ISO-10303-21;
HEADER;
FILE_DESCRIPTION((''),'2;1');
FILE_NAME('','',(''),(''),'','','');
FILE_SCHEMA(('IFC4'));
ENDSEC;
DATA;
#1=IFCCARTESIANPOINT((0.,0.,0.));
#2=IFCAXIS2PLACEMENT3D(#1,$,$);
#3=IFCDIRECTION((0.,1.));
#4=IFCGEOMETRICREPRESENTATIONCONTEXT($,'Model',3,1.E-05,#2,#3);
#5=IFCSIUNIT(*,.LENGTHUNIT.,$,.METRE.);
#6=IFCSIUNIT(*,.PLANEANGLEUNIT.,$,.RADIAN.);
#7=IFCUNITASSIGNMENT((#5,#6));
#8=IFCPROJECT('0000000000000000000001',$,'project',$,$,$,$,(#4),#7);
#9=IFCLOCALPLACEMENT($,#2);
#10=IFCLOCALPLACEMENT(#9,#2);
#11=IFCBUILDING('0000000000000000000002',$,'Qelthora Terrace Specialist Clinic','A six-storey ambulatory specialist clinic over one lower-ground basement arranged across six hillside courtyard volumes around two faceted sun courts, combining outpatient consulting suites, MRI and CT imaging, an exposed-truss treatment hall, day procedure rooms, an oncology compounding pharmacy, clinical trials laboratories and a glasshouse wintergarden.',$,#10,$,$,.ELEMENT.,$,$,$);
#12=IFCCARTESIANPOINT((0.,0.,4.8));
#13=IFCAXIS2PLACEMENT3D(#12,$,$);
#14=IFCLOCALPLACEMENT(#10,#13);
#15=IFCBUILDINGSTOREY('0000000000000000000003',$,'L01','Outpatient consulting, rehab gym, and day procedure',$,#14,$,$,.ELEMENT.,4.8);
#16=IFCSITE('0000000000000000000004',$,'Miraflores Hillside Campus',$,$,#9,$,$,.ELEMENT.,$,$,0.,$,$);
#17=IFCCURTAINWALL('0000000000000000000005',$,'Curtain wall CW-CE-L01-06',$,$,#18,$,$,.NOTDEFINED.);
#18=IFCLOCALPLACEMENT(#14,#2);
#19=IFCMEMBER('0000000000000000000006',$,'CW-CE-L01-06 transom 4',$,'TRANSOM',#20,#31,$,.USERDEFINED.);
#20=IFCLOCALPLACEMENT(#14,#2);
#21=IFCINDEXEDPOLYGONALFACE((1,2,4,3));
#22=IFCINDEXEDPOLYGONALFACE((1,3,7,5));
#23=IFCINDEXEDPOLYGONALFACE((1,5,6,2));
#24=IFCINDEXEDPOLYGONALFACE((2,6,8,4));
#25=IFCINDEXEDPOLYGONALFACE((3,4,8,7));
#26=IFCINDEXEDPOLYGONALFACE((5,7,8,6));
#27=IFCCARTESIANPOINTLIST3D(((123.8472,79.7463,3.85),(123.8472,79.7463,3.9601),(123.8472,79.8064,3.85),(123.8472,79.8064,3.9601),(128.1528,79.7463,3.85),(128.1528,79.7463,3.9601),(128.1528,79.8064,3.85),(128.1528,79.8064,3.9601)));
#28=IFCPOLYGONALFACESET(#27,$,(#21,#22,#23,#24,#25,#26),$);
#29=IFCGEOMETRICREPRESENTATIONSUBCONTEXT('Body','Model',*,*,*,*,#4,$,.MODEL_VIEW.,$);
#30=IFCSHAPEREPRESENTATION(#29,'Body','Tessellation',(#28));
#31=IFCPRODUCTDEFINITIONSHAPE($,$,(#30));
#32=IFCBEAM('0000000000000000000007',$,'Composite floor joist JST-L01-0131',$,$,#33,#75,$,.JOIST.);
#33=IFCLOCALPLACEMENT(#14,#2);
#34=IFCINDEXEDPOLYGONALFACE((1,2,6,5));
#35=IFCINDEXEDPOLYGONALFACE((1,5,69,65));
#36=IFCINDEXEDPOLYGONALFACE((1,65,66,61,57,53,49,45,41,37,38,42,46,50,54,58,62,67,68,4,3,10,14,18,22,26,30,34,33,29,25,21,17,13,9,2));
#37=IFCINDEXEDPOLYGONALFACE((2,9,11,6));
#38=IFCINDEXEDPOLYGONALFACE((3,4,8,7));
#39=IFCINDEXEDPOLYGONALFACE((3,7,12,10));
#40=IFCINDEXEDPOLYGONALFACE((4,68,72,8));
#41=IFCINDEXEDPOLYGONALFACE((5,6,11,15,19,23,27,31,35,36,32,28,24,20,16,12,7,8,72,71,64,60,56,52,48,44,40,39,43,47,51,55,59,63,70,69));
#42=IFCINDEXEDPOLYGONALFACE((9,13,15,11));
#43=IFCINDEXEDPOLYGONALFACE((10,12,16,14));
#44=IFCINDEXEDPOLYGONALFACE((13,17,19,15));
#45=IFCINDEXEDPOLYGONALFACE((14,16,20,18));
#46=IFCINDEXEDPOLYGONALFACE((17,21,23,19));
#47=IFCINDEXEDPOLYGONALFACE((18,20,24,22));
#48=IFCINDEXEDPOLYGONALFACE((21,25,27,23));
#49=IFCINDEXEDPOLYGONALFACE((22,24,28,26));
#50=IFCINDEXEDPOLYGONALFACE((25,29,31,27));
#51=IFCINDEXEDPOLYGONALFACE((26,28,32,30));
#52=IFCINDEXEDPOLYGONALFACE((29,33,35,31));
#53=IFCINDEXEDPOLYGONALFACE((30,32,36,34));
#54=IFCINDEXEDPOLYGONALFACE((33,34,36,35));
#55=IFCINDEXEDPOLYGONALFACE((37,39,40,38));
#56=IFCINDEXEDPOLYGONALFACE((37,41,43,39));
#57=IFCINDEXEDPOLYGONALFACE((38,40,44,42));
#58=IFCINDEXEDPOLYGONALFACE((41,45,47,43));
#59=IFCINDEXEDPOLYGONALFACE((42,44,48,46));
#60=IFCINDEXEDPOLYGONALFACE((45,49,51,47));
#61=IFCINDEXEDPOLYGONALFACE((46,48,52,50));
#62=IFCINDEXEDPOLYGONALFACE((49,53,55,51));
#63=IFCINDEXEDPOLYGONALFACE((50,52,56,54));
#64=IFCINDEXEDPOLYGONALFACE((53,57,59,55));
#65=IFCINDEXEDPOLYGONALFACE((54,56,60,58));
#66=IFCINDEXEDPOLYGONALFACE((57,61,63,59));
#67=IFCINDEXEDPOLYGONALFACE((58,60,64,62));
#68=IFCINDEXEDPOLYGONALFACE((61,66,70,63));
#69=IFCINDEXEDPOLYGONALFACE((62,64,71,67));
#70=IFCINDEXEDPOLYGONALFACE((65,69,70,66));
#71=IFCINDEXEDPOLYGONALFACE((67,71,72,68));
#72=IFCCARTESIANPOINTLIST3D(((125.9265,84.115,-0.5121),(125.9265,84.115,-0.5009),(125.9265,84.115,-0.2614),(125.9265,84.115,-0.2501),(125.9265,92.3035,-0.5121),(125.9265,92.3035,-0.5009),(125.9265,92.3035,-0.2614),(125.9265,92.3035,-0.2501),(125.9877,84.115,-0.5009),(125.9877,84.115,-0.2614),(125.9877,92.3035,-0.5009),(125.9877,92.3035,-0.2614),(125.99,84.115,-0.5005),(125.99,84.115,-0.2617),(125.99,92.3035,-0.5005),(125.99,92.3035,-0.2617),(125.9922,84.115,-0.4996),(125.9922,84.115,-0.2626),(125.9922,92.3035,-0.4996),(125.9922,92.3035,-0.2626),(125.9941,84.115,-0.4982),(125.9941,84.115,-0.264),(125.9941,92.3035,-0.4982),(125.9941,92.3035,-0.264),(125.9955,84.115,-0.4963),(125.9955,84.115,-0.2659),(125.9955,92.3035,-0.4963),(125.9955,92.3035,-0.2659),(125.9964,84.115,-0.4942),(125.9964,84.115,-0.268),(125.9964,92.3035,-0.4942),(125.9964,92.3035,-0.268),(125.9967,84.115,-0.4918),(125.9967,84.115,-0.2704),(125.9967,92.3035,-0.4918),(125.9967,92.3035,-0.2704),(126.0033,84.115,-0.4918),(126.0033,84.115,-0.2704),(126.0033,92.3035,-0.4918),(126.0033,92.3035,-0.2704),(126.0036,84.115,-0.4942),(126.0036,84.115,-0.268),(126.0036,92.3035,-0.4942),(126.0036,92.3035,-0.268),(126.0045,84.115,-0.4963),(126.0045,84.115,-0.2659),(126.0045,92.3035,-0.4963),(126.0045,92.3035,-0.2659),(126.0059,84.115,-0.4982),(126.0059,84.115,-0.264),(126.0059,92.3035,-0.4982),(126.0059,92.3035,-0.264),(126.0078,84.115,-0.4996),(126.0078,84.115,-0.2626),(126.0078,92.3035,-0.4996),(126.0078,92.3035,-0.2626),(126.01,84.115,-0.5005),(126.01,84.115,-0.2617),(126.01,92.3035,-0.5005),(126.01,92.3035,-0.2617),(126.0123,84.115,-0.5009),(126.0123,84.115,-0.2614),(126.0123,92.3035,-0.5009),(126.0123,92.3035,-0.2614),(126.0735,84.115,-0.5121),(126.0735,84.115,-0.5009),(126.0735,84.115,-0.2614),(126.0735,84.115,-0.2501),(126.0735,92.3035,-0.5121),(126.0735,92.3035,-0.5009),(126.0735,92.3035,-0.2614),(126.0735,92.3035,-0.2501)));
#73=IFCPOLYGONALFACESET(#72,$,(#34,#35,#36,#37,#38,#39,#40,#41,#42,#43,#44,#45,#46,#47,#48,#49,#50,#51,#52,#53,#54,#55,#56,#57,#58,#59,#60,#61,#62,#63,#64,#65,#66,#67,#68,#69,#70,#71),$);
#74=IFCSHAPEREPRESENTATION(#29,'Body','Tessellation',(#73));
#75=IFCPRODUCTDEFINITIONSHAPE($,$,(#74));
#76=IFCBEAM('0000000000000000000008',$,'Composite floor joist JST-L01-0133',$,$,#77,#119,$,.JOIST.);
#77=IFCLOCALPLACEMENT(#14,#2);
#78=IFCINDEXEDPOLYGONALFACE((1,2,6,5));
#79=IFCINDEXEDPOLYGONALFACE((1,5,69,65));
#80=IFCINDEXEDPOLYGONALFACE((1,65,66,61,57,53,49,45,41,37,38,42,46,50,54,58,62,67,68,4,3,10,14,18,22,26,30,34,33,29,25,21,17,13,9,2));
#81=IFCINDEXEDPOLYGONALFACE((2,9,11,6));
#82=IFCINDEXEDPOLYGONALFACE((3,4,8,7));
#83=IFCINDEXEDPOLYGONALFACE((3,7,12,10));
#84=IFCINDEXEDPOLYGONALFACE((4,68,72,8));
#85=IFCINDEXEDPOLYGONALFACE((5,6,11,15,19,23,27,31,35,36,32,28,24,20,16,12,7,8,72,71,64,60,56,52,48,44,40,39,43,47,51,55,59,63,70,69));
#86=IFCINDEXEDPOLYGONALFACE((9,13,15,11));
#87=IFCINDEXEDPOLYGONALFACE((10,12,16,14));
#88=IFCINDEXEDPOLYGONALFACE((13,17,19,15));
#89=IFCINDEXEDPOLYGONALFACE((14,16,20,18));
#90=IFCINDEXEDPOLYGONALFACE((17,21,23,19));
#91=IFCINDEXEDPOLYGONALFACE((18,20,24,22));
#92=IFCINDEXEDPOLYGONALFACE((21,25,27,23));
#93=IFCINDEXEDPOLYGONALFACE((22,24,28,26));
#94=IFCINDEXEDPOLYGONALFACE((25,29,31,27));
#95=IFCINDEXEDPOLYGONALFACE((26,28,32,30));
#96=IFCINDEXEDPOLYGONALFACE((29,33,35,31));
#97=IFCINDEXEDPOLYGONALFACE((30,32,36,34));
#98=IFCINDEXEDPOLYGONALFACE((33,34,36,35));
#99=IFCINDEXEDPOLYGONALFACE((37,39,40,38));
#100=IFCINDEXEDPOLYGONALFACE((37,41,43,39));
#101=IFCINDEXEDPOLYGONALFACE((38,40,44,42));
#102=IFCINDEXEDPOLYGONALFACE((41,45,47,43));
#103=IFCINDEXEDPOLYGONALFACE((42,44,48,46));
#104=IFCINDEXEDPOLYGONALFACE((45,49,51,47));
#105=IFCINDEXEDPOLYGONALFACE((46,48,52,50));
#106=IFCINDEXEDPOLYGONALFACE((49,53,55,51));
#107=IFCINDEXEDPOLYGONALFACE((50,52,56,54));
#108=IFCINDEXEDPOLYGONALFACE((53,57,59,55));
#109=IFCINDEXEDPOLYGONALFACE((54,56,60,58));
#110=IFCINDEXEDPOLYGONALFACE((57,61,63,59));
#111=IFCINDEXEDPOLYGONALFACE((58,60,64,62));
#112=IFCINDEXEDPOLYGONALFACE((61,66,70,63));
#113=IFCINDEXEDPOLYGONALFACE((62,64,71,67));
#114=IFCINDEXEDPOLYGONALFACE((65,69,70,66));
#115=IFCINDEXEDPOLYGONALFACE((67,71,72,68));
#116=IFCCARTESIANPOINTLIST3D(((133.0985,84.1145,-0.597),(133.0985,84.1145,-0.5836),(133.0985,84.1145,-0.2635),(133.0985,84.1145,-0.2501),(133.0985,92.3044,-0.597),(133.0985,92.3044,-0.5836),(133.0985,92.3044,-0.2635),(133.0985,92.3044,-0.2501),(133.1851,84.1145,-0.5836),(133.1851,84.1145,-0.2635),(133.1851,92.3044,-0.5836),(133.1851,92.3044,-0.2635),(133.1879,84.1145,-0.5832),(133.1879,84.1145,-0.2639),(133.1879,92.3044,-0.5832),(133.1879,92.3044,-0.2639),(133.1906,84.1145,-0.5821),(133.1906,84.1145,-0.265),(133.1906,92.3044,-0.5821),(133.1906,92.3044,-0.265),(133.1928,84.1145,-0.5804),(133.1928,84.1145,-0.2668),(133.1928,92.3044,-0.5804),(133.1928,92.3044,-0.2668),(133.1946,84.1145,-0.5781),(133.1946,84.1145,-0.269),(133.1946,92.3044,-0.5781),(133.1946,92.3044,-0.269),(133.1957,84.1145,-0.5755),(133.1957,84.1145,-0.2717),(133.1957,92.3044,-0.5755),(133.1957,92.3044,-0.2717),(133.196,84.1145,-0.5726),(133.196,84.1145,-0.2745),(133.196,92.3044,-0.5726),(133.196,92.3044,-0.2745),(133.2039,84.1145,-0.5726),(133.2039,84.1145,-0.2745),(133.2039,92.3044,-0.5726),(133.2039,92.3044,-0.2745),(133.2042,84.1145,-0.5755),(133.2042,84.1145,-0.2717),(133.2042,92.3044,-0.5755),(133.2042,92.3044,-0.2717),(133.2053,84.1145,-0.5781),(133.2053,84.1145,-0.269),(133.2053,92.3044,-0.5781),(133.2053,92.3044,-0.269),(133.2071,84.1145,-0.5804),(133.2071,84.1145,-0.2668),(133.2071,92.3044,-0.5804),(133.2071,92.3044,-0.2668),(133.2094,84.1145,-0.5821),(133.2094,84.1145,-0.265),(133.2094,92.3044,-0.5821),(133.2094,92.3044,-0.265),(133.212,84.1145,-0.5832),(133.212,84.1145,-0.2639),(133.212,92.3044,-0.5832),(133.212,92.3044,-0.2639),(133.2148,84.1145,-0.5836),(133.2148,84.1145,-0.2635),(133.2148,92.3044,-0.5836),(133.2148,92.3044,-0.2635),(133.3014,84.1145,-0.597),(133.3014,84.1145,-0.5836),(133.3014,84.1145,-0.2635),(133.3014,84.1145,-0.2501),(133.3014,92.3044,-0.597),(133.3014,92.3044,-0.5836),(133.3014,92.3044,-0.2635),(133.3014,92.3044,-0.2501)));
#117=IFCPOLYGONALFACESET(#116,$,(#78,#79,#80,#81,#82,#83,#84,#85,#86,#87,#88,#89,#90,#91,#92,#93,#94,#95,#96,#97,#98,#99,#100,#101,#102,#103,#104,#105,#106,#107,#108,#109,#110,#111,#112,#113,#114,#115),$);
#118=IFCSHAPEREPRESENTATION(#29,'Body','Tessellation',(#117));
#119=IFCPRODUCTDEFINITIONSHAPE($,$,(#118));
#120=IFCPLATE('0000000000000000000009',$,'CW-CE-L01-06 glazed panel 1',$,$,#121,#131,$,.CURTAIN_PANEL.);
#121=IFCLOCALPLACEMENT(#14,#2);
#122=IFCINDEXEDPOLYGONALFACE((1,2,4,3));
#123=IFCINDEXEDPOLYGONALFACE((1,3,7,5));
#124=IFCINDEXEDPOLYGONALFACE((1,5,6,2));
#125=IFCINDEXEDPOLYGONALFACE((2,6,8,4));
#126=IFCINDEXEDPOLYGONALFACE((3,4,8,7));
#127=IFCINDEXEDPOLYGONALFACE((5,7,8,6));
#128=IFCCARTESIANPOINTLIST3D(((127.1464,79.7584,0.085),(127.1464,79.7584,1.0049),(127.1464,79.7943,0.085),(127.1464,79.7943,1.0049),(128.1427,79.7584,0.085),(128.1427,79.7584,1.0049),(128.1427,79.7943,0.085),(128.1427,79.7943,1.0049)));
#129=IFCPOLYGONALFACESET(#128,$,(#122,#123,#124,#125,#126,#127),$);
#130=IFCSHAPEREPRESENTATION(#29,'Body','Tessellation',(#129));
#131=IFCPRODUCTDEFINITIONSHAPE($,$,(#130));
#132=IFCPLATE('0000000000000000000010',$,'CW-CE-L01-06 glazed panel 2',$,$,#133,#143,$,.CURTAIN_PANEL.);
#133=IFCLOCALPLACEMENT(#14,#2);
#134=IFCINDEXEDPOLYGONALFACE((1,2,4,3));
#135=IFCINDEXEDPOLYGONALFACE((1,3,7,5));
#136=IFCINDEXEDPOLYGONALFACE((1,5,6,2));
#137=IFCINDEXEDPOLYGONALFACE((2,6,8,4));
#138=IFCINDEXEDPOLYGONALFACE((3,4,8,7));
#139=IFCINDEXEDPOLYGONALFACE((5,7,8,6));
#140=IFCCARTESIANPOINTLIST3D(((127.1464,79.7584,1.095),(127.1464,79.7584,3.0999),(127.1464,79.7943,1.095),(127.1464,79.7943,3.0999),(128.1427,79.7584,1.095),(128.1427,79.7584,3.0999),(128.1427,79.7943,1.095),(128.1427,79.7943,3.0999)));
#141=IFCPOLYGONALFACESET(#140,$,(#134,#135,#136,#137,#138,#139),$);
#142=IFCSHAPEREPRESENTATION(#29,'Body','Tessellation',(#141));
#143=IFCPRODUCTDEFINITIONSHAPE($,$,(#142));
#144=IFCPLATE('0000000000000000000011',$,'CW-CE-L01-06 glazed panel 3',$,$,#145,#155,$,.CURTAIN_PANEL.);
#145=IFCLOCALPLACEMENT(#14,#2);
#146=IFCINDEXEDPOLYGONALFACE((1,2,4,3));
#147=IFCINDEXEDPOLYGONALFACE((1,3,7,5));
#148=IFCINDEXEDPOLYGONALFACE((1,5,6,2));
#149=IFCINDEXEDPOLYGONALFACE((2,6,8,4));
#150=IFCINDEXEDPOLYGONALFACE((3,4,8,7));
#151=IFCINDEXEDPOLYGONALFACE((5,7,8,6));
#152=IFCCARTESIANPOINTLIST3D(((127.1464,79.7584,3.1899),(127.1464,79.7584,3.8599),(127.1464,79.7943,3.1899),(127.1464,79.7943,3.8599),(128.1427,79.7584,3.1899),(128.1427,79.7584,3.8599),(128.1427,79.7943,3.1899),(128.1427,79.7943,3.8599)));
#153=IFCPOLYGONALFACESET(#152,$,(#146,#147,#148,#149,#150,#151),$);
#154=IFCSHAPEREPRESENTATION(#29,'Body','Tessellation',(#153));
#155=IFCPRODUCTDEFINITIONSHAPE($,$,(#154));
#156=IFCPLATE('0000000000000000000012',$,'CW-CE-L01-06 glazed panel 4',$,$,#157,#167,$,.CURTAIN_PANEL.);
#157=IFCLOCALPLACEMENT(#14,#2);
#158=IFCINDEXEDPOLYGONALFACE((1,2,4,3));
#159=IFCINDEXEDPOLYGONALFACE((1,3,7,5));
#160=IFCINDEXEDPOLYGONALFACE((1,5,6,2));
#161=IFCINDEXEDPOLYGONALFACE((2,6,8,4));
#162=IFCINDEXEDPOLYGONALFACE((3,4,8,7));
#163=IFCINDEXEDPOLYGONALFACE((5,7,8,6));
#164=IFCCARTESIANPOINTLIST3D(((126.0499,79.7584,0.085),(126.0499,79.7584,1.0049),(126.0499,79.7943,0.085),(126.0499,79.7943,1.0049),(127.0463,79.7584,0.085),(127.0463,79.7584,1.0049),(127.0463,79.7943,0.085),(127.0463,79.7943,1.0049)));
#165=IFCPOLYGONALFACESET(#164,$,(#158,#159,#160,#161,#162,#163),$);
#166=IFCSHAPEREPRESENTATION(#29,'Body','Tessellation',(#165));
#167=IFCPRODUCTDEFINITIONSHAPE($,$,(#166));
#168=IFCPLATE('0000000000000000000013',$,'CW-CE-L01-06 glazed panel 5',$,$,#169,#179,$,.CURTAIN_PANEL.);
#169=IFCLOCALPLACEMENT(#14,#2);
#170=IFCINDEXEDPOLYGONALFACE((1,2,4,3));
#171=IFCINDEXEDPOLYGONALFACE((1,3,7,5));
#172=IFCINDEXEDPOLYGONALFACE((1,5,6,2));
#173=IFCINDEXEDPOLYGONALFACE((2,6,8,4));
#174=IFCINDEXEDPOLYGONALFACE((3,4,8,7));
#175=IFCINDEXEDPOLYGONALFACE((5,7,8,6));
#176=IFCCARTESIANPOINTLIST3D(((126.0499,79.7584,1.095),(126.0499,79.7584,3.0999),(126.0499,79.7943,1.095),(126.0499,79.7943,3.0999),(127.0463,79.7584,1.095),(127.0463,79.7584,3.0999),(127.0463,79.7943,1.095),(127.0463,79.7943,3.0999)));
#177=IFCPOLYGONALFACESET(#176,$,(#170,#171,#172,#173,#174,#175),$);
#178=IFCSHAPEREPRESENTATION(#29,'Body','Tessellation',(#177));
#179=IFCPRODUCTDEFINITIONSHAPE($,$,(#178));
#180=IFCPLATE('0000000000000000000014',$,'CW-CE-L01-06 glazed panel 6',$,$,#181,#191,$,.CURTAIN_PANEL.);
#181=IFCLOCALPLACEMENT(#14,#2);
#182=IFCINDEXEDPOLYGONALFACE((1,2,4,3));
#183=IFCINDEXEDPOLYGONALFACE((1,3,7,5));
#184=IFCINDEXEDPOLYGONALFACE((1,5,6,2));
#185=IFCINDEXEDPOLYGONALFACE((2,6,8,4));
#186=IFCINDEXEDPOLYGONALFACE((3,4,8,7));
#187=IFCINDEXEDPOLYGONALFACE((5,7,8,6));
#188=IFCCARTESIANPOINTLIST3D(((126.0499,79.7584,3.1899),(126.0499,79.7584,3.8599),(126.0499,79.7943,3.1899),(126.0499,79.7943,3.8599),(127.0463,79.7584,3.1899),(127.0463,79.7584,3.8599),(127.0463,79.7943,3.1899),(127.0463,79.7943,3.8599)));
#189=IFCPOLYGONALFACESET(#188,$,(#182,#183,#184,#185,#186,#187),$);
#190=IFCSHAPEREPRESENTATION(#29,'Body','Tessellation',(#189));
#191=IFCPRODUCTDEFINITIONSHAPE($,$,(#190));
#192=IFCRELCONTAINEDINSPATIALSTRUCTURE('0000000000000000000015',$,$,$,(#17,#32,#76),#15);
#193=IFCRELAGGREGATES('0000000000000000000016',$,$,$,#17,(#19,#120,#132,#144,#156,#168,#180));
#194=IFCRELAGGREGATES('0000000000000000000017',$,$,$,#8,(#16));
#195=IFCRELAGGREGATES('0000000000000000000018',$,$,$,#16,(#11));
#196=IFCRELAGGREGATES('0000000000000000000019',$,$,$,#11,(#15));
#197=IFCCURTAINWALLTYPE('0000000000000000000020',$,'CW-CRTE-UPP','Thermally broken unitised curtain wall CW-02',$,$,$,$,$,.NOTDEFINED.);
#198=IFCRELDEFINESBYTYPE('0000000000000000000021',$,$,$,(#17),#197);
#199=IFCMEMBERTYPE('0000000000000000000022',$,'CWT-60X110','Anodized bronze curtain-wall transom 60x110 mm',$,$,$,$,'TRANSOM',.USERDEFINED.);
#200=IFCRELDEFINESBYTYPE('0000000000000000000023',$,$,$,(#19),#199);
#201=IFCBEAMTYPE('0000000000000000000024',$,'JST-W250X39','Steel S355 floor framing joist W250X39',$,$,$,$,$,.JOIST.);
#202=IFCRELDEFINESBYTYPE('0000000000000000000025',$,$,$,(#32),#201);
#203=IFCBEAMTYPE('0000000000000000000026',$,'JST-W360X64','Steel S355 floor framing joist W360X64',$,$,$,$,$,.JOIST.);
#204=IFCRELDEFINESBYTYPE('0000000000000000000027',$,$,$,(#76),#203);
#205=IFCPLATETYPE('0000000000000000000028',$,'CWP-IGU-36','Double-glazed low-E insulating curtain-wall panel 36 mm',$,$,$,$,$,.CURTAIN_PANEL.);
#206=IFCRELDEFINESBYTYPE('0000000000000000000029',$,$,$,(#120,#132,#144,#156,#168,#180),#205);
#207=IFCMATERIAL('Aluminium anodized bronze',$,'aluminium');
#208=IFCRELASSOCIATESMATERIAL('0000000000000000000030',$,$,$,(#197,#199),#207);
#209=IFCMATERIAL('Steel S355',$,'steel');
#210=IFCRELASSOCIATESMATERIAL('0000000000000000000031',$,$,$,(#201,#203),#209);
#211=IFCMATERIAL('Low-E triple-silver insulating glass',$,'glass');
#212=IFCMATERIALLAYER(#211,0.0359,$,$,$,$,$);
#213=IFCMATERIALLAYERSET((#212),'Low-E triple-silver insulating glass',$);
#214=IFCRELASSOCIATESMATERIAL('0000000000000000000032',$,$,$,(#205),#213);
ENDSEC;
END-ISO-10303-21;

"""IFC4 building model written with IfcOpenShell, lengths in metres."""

from ifc_helpers import new_model, si_unit, direction, frame, origin, origin_2d, place, context, subcontext, project, spatial, rectangle, i_section, extrude, material, layer, layer_set, material_profile, profile_set, type_object, element, aggregate, save


model = new_model("IFC4")

# Units and contexts
model_context = context("Model", 3, precision=1e-05, world=origin(), true_north=direction((0.0, 1.0)))
body_context = subcontext(model_context, "Body", "Model", "MODEL_VIEW")
ifc_project = project(units=[si_unit("LENGTHUNIT", "METRE"), si_unit("PLANEANGLEUNIT", "RADIAN")], contexts=[model_context])

# Site, building, storey
site_placement = place(None, origin())
site = spatial("IfcSite", under=ifc_project, at=site_placement, Name="Miraflores Hillside Campus", CompositionType="ELEMENT", RefElevation=0.0)
building_placement = place(site_placement, origin())
building = spatial("IfcBuilding", under=site, at=building_placement, Name="Qelthora Terrace Specialist Clinic", Description="A six-storey ambulatory specialist clinic over one lower-ground basement arranged across six hillside courtyard volumes around two faceted sun courts, combining outpatient consulting suites, MRI and CT imaging, an exposed-truss treatment hall, day procedure rooms, an oncology compounding pharmacy, clinical trials laboratories and a glasshouse wintergarden.", CompositionType="ELEMENT")
storey_placement = place(building_placement, frame((0.0, 0.0, 4.8)))
storey = spatial("IfcBuildingStorey", under=building, at=storey_placement, Name="L01", Description="Outpatient consulting, rehab gym, and day procedure", CompositionType="ELEMENT", Elevation=4.8)

# Shared definitions
ifc_material_1 = material(Name="Steel S355", Category="steel")

# Curtain wall, member
ifc_material_2 = material(Name="Aluminium anodized bronze", Category="aluminium")
curtain_wall_type = type_object("IfcCurtainWallType", Name="CW-CRTE-UPP", Description="Thermally broken unitised curtain wall CW-02", PredefinedType="NOTDEFINED", material=ifc_material_2)
curtain_wall_placement = place(storey_placement, origin())
curtain_wall = element("IfcCurtainWall", 1, at=curtain_wall_placement, inside=storey, type_object=curtain_wall_type, Name="Curtain wall CW-CE-L01-06", PredefinedType="NOTDEFINED")
ifc_material_profile_1 = material_profile(ifc_material_2, rectangle(XDim=0.0601, YDim=0.1101, at=origin_2d()), Name="CWT60X110")
ifc_profile_set_1 = profile_set([ifc_material_profile_1], Name="Aluminium anodized bronze")
member_type_1 = type_object("IfcMemberType", Name="CWT-60X110", Description="Anodized bronze curtain-wall transom 60x110 mm", ElementType="TRANSOM", PredefinedType="USERDEFINED", material=ifc_profile_set_1)
member_1_placement = place(storey_placement, frame((128.1528, 79.7764, 3.905), z_axis=(-1.0, 0.0, 0.0), x_axis=(0.0, -1.0, 0.0)))
member_1 = element("IfcMember", 2, at=member_1_placement, type_object=member_type_1, Name="CW-CE-L01-06 transom 4", ObjectType="TRANSOM", PredefinedType="USERDEFINED", context=body_context, shape_type="SweptSolid", body=[
    extrude(rectangle(XDim=0.0601, YDim=0.1101, at=origin_2d()), origin(), (0.0, 0.0, 1.0), 4.3057),
])

# Beams
ifc_material_profile_2 = material_profile(ifc_material_1, i_section(OverallWidth=0.147, OverallDepth=0.262, WebThickness=0.0066, FlangeThickness=0.0112, FilletRadius=0.009, at=origin_2d()), Name="W250X39")
ifc_profile_set_2 = profile_set([ifc_material_profile_2], Name="Steel S355")
beam_type_1 = type_object("IfcBeamType", Name="JST-W250X39", Description="Steel S355 floor framing joist W250X39", PredefinedType="JOIST", material=ifc_profile_set_2)
beam_1_placement = place(storey_placement, frame((126.0, 84.115, -0.3811), z_axis=(0.0, 1.0, 0.0), x_axis=(-1.0, 0.0, 0.0)))
element("IfcBeam", 3, at=beam_1_placement, inside=storey, type_object=beam_type_1, Name="Composite floor joist JST-L01-0131", PredefinedType="JOIST", context=body_context, shape_type="SweptSolid", body=[
    extrude(i_section(OverallWidth=0.147, OverallDepth=0.262, WebThickness=0.0066, FlangeThickness=0.0112, FilletRadius=0.009, at=origin_2d()), origin(), (0.0, 0.0, 1.0), 8.1885),
])
ifc_material_profile_3 = material_profile(ifc_material_1, i_section(OverallWidth=0.2029, OverallDepth=0.3469, WebThickness=0.0078, FlangeThickness=0.0134, FilletRadius=0.011, at=origin_2d()), Name="W360X64")
ifc_profile_set_3 = profile_set([ifc_material_profile_3], Name="Steel S355")
beam_type_2 = type_object("IfcBeamType", Name="JST-W360X64", Description="Steel S355 floor framing joist W360X64", PredefinedType="JOIST", material=ifc_profile_set_3)
beam_2_placement = place(storey_placement, frame((133.2, 84.1145, -0.4236), z_axis=(0.0, 1.0, 0.0), x_axis=(-1.0, 0.0, 0.0)))
element("IfcBeam", 4, at=beam_2_placement, inside=storey, type_object=beam_type_2, Name="Composite floor joist JST-L01-0133", PredefinedType="JOIST", context=body_context, shape_type="SweptSolid", body=[
    extrude(i_section(OverallWidth=0.2029, OverallDepth=0.3469, WebThickness=0.0078, FlangeThickness=0.0134, FilletRadius=0.011, at=origin_2d()), origin(), (0.0, 0.0, 1.0), 8.1899),
])

# Plates
ifc_material_3 = material(Name="Low-E triple-silver insulating glass", Category="glass")
ifc_layer_1 = layer(ifc_material_3, 0.0359)
ifc_layer_set_1 = layer_set([ifc_layer_1], Name="Low-E triple-silver insulating glass")
plate_type = type_object("IfcPlateType", Name="CWP-IGU-36", Description="Double-glazed low-E insulating curtain-wall panel 36 mm", PredefinedType="CURTAIN_PANEL", material=ifc_layer_set_1)
plate_1_placement = place(storey_placement, frame((127.6445, 79.7764, 0.085), z_axis=(0.0, 0.0, 1.0), x_axis=(-1.0, 0.0, 0.0)))
plate_1 = element("IfcPlate", 5, at=plate_1_placement, type_object=plate_type, Name="CW-CE-L01-06 glazed panel 1", PredefinedType="CURTAIN_PANEL", context=body_context, shape_type="SweptSolid", body=[
    extrude(rectangle(XDim=0.9963, YDim=0.0359, at=origin_2d()), origin(), (0.0, 0.0, 1.0), 0.9199),
])
plate_2_placement = place(storey_placement, frame((127.6445, 79.7764, 1.095), z_axis=(0.0, 0.0, 1.0), x_axis=(-1.0, 0.0, 0.0)))
plate_2 = element("IfcPlate", 6, at=plate_2_placement, type_object=plate_type, Name="CW-CE-L01-06 glazed panel 2", PredefinedType="CURTAIN_PANEL", context=body_context, shape_type="SweptSolid", body=[
    extrude(rectangle(XDim=0.9963, YDim=0.0359, at=origin_2d()), origin(), (0.0, 0.0, 1.0), 2.0049),
])
plate_3_placement = place(storey_placement, frame((127.6445, 79.7764, 3.1899), z_axis=(0.0, 0.0, 1.0), x_axis=(-1.0, 0.0, 0.0)))
plate_3 = element("IfcPlate", 7, at=plate_3_placement, type_object=plate_type, Name="CW-CE-L01-06 glazed panel 3", PredefinedType="CURTAIN_PANEL", context=body_context, shape_type="SweptSolid", body=[
    extrude(rectangle(XDim=0.9963, YDim=0.0359, at=origin_2d()), origin(), (0.0, 0.0, 1.0), 0.6699),
])
plate_4_placement = place(storey_placement, frame((126.5481, 79.7764, 0.085), z_axis=(0.0, 0.0, 1.0), x_axis=(-1.0, 0.0, 0.0)))
plate_4 = element("IfcPlate", 8, at=plate_4_placement, type_object=plate_type, Name="CW-CE-L01-06 glazed panel 4", PredefinedType="CURTAIN_PANEL", context=body_context, shape_type="SweptSolid", body=[
    extrude(rectangle(XDim=0.9963, YDim=0.0359, at=origin_2d()), origin(), (0.0, 0.0, 1.0), 0.9199),
])
plate_5_placement = place(storey_placement, frame((126.5481, 79.7764, 1.095), z_axis=(0.0, 0.0, 1.0), x_axis=(-1.0, 0.0, 0.0)))
plate_5 = element("IfcPlate", 9, at=plate_5_placement, type_object=plate_type, Name="CW-CE-L01-06 glazed panel 5", PredefinedType="CURTAIN_PANEL", context=body_context, shape_type="SweptSolid", body=[
    extrude(rectangle(XDim=0.9963, YDim=0.0359, at=origin_2d()), origin(), (0.0, 0.0, 1.0), 2.0049),
])
plate_6_placement = place(storey_placement, frame((126.5481, 79.7764, 3.1899), z_axis=(0.0, 0.0, 1.0), x_axis=(-1.0, 0.0, 0.0)))
plate_6 = element("IfcPlate", 10, at=plate_6_placement, type_object=plate_type, Name="CW-CE-L01-06 glazed panel 6", PredefinedType="CURTAIN_PANEL", context=body_context, shape_type="SweptSolid", body=[
    extrude(rectangle(XDim=0.9963, YDim=0.0359, at=origin_2d()), origin(), (0.0, 0.0, 1.0), 0.6699),
])
aggregate(curtain_wall, [member_1, plate_1, plate_2, plate_3, plate_4, plate_5, plate_6])

save(model, "model.ifc")
